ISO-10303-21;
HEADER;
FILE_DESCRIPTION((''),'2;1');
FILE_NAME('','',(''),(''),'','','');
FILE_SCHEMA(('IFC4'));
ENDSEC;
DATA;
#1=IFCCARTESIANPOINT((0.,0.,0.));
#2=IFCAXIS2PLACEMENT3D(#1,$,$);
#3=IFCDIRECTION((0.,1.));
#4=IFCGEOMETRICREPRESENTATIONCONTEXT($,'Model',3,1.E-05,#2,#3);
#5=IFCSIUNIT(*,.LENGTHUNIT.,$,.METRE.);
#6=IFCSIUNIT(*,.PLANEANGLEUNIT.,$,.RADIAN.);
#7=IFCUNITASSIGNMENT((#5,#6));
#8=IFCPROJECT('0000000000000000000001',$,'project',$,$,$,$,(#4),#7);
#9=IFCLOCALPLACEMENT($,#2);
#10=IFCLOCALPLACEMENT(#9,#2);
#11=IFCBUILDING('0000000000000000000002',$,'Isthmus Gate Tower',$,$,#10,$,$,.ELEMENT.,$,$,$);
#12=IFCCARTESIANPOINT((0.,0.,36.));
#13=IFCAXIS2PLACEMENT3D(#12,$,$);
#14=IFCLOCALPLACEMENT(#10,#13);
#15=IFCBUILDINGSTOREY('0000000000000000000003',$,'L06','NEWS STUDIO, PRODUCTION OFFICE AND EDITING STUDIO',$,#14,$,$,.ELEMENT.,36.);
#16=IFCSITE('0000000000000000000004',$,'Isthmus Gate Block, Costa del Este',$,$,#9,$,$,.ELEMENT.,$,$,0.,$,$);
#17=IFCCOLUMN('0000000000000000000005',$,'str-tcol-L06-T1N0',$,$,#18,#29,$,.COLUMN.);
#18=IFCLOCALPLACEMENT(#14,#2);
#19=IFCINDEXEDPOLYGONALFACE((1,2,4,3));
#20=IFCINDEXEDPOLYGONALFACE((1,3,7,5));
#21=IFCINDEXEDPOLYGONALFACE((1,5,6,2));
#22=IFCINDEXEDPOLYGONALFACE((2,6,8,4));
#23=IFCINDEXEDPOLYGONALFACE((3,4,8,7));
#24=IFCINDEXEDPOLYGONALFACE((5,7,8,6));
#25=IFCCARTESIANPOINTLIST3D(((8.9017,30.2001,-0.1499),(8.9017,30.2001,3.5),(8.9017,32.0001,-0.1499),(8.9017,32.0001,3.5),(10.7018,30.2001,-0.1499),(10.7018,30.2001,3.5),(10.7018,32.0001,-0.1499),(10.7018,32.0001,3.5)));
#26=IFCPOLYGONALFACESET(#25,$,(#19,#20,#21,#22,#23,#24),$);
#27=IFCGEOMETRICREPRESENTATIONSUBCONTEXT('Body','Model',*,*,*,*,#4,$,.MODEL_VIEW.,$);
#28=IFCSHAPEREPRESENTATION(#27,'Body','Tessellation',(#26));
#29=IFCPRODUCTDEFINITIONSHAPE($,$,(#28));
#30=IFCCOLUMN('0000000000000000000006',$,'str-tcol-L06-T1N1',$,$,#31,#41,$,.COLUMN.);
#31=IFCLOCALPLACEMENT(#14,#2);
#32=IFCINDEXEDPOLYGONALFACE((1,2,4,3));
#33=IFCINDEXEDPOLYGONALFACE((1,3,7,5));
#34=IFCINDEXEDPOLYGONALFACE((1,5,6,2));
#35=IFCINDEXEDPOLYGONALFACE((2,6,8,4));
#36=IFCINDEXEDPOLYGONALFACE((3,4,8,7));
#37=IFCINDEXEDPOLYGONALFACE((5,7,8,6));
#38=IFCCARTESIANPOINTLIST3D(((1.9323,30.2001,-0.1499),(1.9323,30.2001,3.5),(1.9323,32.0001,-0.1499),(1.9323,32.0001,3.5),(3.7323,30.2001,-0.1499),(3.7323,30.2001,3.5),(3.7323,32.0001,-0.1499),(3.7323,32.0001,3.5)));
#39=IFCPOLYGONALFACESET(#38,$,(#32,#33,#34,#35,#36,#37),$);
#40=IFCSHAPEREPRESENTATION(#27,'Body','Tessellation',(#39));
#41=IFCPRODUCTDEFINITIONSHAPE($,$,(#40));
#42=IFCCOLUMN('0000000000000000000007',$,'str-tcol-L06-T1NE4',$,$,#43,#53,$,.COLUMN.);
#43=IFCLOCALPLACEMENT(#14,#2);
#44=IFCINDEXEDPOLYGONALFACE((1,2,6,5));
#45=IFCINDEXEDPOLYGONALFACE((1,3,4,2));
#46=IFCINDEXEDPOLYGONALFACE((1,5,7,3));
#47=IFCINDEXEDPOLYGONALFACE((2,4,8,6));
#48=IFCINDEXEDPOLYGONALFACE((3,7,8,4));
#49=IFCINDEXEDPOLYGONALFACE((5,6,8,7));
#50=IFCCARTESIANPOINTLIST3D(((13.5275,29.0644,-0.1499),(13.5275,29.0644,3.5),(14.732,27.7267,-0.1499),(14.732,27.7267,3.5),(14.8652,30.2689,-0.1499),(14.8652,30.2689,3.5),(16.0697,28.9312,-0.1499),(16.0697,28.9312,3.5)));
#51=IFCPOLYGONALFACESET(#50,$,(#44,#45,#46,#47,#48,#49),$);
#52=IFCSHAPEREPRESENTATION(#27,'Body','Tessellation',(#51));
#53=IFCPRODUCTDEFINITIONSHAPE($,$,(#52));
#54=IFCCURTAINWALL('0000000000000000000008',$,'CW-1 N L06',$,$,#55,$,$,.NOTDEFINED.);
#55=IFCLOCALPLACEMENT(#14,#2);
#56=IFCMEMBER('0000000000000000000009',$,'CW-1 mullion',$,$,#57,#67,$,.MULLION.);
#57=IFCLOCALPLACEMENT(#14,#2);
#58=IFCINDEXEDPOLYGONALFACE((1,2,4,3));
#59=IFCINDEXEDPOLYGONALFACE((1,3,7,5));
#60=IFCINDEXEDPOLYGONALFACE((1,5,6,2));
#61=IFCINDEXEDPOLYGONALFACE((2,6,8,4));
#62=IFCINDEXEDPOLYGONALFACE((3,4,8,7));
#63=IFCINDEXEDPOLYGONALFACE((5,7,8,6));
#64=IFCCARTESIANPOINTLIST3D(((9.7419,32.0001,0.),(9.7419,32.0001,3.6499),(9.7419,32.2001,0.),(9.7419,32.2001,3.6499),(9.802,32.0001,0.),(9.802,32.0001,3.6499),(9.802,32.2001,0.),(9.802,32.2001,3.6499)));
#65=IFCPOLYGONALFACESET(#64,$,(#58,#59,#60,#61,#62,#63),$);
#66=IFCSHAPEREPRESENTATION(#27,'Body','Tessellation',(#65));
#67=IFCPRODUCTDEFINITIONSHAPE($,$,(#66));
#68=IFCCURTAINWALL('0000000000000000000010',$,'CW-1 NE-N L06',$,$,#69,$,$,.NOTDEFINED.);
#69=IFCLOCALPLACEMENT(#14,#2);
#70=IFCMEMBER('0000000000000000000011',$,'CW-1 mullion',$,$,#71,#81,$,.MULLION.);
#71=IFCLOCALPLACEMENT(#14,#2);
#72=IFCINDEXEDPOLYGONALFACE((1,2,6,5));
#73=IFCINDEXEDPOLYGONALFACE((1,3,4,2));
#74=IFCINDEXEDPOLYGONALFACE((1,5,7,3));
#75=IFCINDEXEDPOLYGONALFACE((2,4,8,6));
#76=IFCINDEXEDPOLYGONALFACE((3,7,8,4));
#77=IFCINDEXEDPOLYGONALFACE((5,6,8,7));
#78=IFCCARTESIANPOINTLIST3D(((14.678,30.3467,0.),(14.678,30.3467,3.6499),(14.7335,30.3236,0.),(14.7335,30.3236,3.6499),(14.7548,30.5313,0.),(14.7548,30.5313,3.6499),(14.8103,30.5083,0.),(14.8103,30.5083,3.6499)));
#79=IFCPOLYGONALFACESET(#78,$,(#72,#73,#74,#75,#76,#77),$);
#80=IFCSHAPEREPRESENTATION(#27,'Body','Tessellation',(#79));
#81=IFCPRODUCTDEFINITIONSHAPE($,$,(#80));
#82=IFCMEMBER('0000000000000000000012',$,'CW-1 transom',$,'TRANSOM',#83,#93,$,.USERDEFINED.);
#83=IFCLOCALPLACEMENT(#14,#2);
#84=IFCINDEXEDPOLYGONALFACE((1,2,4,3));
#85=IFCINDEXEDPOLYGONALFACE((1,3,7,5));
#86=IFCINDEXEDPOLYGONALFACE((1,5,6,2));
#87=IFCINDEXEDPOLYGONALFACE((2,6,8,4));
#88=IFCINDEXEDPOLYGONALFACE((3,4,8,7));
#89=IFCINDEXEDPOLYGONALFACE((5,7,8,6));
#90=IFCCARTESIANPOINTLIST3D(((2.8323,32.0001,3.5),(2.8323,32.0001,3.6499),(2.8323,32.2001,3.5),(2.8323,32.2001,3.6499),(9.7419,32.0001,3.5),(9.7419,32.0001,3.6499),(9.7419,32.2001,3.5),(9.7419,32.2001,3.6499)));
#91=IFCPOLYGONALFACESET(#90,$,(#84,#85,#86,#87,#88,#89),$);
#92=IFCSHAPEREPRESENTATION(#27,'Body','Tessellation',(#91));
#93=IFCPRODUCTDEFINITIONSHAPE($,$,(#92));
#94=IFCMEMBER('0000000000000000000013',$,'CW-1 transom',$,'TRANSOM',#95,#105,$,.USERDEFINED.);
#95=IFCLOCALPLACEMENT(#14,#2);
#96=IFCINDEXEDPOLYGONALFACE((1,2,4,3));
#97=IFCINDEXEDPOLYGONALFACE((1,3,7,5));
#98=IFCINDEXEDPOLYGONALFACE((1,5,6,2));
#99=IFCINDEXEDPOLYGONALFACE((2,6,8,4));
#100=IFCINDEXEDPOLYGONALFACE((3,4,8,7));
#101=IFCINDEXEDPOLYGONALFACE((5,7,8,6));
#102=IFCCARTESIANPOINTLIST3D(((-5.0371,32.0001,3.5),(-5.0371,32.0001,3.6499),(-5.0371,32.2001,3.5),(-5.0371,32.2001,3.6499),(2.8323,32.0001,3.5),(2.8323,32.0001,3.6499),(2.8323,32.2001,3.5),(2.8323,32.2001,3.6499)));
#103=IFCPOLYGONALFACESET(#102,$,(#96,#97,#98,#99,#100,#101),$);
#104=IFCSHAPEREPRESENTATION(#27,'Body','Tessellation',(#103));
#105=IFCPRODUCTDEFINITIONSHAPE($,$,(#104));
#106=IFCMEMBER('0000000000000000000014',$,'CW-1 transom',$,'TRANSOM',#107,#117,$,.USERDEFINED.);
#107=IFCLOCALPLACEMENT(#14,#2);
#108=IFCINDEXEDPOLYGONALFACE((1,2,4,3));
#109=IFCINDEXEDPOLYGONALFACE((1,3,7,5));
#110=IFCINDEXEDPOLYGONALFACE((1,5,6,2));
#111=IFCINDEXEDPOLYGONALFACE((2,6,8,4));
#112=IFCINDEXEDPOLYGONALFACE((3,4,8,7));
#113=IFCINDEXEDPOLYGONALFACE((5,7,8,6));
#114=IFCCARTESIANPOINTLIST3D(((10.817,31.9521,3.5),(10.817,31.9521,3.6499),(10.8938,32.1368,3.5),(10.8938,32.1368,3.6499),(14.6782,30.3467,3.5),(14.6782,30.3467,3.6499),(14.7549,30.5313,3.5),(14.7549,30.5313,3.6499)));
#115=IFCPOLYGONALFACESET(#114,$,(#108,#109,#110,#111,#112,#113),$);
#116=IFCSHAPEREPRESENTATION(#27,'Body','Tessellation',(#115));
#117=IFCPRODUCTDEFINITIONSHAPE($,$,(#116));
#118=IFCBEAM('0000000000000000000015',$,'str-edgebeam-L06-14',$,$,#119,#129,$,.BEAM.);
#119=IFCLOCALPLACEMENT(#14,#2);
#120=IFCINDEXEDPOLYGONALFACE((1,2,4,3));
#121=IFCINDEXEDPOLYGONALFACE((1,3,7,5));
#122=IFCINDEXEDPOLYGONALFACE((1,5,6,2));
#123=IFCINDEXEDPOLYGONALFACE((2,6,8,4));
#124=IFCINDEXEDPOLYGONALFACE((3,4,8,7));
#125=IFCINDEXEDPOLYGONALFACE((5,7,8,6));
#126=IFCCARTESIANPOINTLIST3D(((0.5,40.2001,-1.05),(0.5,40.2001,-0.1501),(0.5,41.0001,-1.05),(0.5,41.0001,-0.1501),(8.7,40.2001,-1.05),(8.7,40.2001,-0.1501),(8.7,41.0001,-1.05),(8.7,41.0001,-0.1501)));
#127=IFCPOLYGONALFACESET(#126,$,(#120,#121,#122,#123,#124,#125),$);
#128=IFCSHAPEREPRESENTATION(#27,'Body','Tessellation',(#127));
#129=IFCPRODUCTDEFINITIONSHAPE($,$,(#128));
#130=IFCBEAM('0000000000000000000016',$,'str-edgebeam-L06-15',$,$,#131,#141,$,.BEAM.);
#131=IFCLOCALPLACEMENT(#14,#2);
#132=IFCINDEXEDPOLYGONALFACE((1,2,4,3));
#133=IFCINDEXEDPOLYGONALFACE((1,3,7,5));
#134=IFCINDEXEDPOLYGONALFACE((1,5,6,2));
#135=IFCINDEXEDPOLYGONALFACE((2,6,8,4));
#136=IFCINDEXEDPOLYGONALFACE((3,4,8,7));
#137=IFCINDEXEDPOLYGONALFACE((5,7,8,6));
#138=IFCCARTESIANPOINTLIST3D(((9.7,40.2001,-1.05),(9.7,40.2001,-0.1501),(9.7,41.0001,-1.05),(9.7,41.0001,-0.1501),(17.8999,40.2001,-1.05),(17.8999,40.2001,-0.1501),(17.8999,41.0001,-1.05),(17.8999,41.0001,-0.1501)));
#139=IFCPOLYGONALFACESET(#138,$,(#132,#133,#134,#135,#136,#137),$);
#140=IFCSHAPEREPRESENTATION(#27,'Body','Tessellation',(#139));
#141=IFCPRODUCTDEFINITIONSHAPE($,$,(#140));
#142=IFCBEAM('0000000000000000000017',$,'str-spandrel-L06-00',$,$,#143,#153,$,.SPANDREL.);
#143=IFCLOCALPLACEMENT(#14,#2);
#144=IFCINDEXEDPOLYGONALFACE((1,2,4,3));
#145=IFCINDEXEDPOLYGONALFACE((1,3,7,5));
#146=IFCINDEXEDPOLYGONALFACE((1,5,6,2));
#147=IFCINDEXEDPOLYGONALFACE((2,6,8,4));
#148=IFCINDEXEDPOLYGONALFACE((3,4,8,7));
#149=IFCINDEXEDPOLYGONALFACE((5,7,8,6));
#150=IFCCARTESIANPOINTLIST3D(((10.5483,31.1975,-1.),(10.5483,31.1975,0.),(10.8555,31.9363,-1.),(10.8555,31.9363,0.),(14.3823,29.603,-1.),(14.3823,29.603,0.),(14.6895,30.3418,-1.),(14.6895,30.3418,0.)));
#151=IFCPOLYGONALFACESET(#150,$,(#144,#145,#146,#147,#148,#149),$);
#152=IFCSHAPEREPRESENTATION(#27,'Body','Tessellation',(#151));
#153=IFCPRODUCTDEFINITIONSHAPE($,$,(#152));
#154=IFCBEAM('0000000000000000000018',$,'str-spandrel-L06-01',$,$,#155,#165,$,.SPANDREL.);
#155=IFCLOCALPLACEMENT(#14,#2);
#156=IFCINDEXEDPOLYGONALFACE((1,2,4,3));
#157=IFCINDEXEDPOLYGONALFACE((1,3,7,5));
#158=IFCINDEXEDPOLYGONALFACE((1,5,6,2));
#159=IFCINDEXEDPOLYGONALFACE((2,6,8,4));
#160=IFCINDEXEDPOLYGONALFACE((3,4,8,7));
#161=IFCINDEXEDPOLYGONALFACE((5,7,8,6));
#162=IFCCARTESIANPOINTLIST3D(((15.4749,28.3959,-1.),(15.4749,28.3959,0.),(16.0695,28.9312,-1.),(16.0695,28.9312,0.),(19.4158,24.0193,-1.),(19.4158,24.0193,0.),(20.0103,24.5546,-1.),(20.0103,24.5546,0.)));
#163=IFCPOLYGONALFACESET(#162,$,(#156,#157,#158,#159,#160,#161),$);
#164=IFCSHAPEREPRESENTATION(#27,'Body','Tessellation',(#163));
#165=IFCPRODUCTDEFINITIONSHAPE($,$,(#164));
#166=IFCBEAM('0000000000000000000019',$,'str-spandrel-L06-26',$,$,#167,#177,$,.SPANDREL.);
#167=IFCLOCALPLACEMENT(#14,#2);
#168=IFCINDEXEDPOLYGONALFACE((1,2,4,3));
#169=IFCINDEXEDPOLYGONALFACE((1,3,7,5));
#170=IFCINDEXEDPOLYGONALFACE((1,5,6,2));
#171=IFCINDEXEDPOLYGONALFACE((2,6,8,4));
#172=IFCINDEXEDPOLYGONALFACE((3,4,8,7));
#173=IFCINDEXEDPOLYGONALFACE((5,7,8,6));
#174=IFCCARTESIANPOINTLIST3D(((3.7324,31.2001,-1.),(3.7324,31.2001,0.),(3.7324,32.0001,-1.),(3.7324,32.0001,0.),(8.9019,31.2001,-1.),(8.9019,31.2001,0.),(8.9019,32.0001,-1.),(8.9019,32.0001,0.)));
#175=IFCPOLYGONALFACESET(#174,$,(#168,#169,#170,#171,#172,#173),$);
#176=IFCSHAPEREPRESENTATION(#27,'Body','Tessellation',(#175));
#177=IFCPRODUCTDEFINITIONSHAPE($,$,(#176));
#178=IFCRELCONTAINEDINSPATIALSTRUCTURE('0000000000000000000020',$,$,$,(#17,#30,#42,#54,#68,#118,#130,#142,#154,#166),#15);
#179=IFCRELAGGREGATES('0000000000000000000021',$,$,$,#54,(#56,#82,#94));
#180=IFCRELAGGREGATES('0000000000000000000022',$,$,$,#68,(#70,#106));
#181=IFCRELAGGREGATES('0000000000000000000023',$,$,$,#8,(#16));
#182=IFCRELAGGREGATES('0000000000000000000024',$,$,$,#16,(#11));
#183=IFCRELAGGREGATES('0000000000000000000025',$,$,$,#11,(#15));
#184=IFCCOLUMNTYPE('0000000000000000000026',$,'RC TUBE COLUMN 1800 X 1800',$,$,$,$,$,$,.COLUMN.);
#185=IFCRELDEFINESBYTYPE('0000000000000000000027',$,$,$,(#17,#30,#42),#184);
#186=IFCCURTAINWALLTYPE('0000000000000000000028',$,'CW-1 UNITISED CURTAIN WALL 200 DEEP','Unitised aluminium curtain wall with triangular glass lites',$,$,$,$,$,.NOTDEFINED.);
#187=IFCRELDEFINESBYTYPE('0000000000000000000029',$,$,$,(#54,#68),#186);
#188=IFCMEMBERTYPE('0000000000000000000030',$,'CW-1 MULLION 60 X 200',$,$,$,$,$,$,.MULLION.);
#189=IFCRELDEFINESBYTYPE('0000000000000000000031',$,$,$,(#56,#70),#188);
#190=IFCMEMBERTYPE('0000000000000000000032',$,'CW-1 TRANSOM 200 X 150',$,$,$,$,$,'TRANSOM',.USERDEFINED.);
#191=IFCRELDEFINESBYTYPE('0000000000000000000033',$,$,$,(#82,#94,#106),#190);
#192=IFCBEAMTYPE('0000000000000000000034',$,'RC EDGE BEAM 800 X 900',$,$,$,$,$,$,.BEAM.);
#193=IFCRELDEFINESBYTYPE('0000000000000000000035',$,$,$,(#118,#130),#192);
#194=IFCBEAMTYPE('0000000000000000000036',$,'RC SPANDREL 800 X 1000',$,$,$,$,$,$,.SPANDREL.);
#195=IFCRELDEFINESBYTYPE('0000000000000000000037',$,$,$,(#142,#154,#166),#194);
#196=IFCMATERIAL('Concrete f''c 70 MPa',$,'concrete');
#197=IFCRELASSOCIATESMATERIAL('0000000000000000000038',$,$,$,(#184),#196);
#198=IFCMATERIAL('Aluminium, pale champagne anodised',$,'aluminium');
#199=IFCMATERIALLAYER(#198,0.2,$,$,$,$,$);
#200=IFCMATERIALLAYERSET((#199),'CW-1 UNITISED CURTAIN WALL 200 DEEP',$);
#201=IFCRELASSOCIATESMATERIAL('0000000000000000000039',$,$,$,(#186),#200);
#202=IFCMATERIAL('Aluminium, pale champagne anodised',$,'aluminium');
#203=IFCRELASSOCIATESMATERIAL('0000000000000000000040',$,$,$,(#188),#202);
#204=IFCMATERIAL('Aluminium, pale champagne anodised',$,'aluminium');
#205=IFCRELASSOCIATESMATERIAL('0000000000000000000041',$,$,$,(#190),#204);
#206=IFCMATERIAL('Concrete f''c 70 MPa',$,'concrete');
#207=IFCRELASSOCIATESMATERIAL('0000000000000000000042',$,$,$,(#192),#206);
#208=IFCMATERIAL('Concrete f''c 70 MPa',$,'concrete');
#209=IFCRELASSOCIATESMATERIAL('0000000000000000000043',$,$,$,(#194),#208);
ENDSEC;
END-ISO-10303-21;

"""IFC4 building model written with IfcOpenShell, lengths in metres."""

from ifc_helpers import new_model, si_unit, direction, frame, origin, origin_2d, place, context, subcontext, project, spatial, rectangle, extrude, material, layer, layer_set, material_profile, profile_set, type_object, element, aggregate, save


model = new_model("IFC4")

# Units and contexts
model_context = context("Model", 3, precision=1e-05, world=origin(), true_north=direction((0.0, 1.0)))
body_context = subcontext(model_context, "Body", "Model", "MODEL_VIEW")
ifc_project = project(units=[si_unit("LENGTHUNIT", "METRE"), si_unit("PLANEANGLEUNIT", "RADIAN")], contexts=[model_context])

# Site, building, storey
site_placement = place(None, origin())
site = spatial("IfcSite", under=ifc_project, at=site_placement, Name="Isthmus Gate Block, Costa del Este", CompositionType="ELEMENT", RefElevation=0.0)
building_placement = place(site_placement, origin())
building = spatial("IfcBuilding", under=site, at=building_placement, Name="Isthmus Gate Tower", CompositionType="ELEMENT")
storey_placement = place(building_placement, frame((0.0, 0.0, 36.0)))
storey = spatial("IfcBuildingStorey", under=building, at=storey_placement, Name="L06", Description="NEWS STUDIO, PRODUCTION OFFICE AND EDITING STUDIO", CompositionType="ELEMENT", Elevation=36.0)

# Columns
ifc_material_1 = material(Name="Concrete f'c 70 MPa", Category="concrete")
ifc_material_profile_1 = material_profile(ifc_material_1, rectangle(XDim=1.8, YDim=1.8, at=origin_2d()), Name="RC 1800X1800")
ifc_profile_set_1 = profile_set([ifc_material_profile_1], Name="Concrete f'c 70 MPa")
column_type = type_object("IfcColumnType", Name="RC TUBE COLUMN 1800 X 1800", PredefinedType="COLUMN", material=ifc_profile_set_1)
for number, where, z_axis, x_axis, name in (
    (1, (9.8018, 31.1001, -0.1499), (0.0, 0.0, 1.0), (-1.0, 0.0, 0.0), "str-tcol-L06-T1N0"),
    (2, (2.8323, 31.1001, -0.1499), (0.0, 0.0, 1.0), (-1.0, 0.0, 0.0), "str-tcol-L06-T1N1"),
    (3, (14.7986, 28.9978, -0.1499), (0.0, 0.0, 1.0), (-0.669131, 0.743145, 0.0), "str-tcol-L06-T1NE4"),
):
    element("IfcColumn", number, at=place(storey_placement, frame(where, z_axis=z_axis, x_axis=x_axis)), inside=storey, type_object=column_type, Name=name, PredefinedType="COLUMN", context=body_context, shape_type="SweptSolid", body=[
        extrude(rectangle(XDim=1.8, YDim=1.8, at=origin_2d()), origin(), (0.0, 0.0, 1.0), 3.6499),
    ])

# Curtain walls, members
ifc_material_2 = material(Name="Aluminium, pale champagne anodised", Category="aluminium")
ifc_layer_1 = layer(ifc_material_2, 0.2)
ifc_layer_set_1 = layer_set([ifc_layer_1], Name="CW-1 UNITISED CURTAIN WALL 200 DEEP")
curtain_wall_type = type_object("IfcCurtainWallType", Name="CW-1 UNITISED CURTAIN WALL 200 DEEP", Description="Unitised aluminium curtain wall with triangular glass lites", PredefinedType="NOTDEFINED", material=ifc_layer_set_1)
curtain_wall_1_placement = place(storey_placement, origin())
curtain_wall_1 = element("IfcCurtainWall", 4, at=curtain_wall_1_placement, inside=storey, type_object=curtain_wall_type, Name="CW-1 N L06", PredefinedType="NOTDEFINED")
ifc_material_3 = material(Name="Aluminium, pale champagne anodised", Category="aluminium")
ifc_material_profile_2 = material_profile(ifc_material_3, rectangle(XDim=0.0601, YDim=0.2, at=origin_2d()), Name="60x200")
ifc_profile_set_2 = profile_set([ifc_material_profile_2], Name="Aluminium, pale champagne anodised")
member_type_1 = type_object("IfcMemberType", Name="CW-1 MULLION 60 X 200", PredefinedType="MULLION", material=ifc_profile_set_2)
member_1_placement = place(storey_placement, frame((9.772, 32.1001, 0.0), z_axis=(0.0, 0.0, 1.0), x_axis=(-1.0, 0.0, 0.0)))
member_1 = element("IfcMember", 5, at=member_1_placement, type_object=member_type_1, Name="CW-1 mullion", PredefinedType="MULLION", context=body_context, shape_type="SweptSolid", body=[
    extrude(rectangle(XDim=0.0601, YDim=0.2, at=origin_2d()), origin(), (0.0, 0.0, 1.0), 3.6499),
])
curtain_wall_2_placement = place(storey_placement, origin())
curtain_wall_2 = element("IfcCurtainWall", 6, at=curtain_wall_2_placement, inside=storey, type_object=curtain_wall_type, Name="CW-1 NE-N L06", PredefinedType="NOTDEFINED")
member_2_placement = place(storey_placement, frame((14.7441, 30.4275, 0.0), z_axis=(0.0, 0.0, 1.0), x_axis=(-0.923353, 0.383952, 0.0)))
member_2 = element("IfcMember", 7, at=member_2_placement, type_object=member_type_1, Name="CW-1 mullion", PredefinedType="MULLION", context=body_context, shape_type="SweptSolid", body=[
    extrude(rectangle(XDim=0.0601, YDim=0.2, at=origin_2d()), origin(), (0.0, 0.0, 1.0), 3.6499),
])

# Members
ifc_material_4 = material(Name="Aluminium, pale champagne anodised", Category="aluminium")
ifc_material_profile_3 = material_profile(ifc_material_4, rectangle(XDim=0.2, YDim=0.1499, at=origin_2d()), Name="200x150")
ifc_profile_set_3 = profile_set([ifc_material_profile_3], Name="Aluminium, pale champagne anodised")
member_type_2 = type_object("IfcMemberType", Name="CW-1 TRANSOM 200 X 150", ElementType="TRANSOM", PredefinedType="USERDEFINED", material=ifc_profile_set_3)
member_3_placement = place(storey_placement, frame((9.7419, 32.1001, 3.575), z_axis=(-1.0, 0.0, 0.0), x_axis=(0.0, -1.0, 0.0)))
member_3 = element("IfcMember", 8, at=member_3_placement, type_object=member_type_2, Name="CW-1 transom", ObjectType="TRANSOM", PredefinedType="USERDEFINED", context=body_context, shape_type="SweptSolid", body=[
    extrude(rectangle(XDim=0.2, YDim=0.1499, at=origin_2d()), origin(), (0.0, 0.0, 1.0), 6.9097),
])
member_4_placement = place(storey_placement, frame((2.8323, 32.1001, 3.575), z_axis=(-1.0, 0.0, 0.0), x_axis=(0.0, -1.0, 0.0)))
member_4 = element("IfcMember", 9, at=member_4_placement, type_object=member_type_2, Name="CW-1 transom", ObjectType="TRANSOM", PredefinedType="USERDEFINED", context=body_context, shape_type="SweptSolid", body=[
    extrude(rectangle(XDim=0.2, YDim=0.1499, at=origin_2d()), origin(), (0.0, 0.0, 1.0), 7.8694),
])
member_5_placement = place(storey_placement, frame((14.7166, 30.439, 3.575), z_axis=(-0.923358, 0.38394, 0.0), x_axis=(-0.38394, -0.923358, 0.0)))
member_5 = element("IfcMember", 10, at=member_5_placement, type_object=member_type_2, Name="CW-1 transom", ObjectType="TRANSOM", PredefinedType="USERDEFINED", context=body_context, shape_type="SweptSolid", body=[
    extrude(rectangle(XDim=0.2, YDim=0.1499, at=origin_2d()), origin(), (0.0, 0.0, 1.0), 4.1816),
])

# Beams
ifc_material_5 = material(Name="Concrete f'c 70 MPa", Category="concrete")
ifc_material_profile_4 = material_profile(ifc_material_5, rectangle(XDim=0.8, YDim=0.8999, at=origin_2d()), Name="RC 800X900")
ifc_profile_set_4 = profile_set([ifc_material_profile_4], Name="Concrete f'c 70 MPa")
beam_type_1 = type_object("IfcBeamType", Name="RC EDGE BEAM 800 X 900", PredefinedType="BEAM", material=ifc_profile_set_4)
for number, where, z_axis, x_axis, name in (
    (11, (0.5, 40.6001, -0.6001), (1.0, 0.0, 0.0), (0.0, 1.0, 0.0), "str-edgebeam-L06-14"),
    (12, (9.7, 40.6001, -0.6001), (1.0, 0.0, 0.0), (0.0, 1.0, 0.0), "str-edgebeam-L06-15"),
):
    element("IfcBeam", number, at=place(storey_placement, frame(where, z_axis=z_axis, x_axis=x_axis)), inside=storey, type_object=beam_type_1, Name=name, PredefinedType="BEAM", context=body_context, shape_type="SweptSolid", body=[
        extrude(rectangle(XDim=0.8, YDim=0.8999, at=origin_2d()), origin(), (0.0, 0.0, 1.0), 8.2),
    ])
ifc_material_6 = material(Name="Concrete f'c 70 MPa", Category="concrete")
ifc_material_profile_5 = material_profile(ifc_material_6, rectangle(XDim=0.8, YDim=1.0, at=origin_2d()), Name="RC 800X1000")
ifc_profile_set_5 = profile_set([ifc_material_profile_5], Name="Concrete f'c 70 MPa")
beam_type_2 = type_object("IfcBeamType", Name="RC SPANDREL 800 X 1000", PredefinedType="SPANDREL", material=ifc_profile_set_5)
beam_1_placement = place(storey_placement, frame((10.7019, 31.5669, -0.5), z_axis=(0.923334, -0.383997, 0.0), x_axis=(0.383997, 0.923334, 0.0)))
element("IfcBeam", 13, at=beam_1_placement, inside=storey, type_object=beam_type_2, Name="str-spandrel-L06-00", PredefinedType="SPANDREL", context=body_context, shape_type="SweptSolid", body=[
    extrude(rectangle(XDim=0.8, YDim=1.0, at=origin_2d()), origin(), (0.0, 0.0, 1.0), 4.1523),
])
beam_2_placement = place(storey_placement, frame((15.7722, 28.6636, -0.5), z_axis=(0.669141, -0.743135, 0.0), x_axis=(0.743135, 0.669141, 0.0)))
element("IfcBeam", 14, at=beam_2_placement, inside=storey, type_object=beam_type_2, Name="str-spandrel-L06-01", PredefinedType="SPANDREL", context=body_context, shape_type="SweptSolid", body=[
    extrude(rectangle(XDim=0.8, YDim=1.0, at=origin_2d()), origin(), (0.0, 0.0, 1.0), 5.8894),
])
beam_3_placement = place(storey_placement, frame((3.7324, 31.6001, -0.5), z_axis=(1.0, 0.0, 0.0), x_axis=(0.0, 1.0, 0.0)))
element("IfcBeam", 15, at=beam_3_placement, inside=storey, type_object=beam_type_2, Name="str-spandrel-L06-26", PredefinedType="SPANDREL", context=body_context, shape_type="SweptSolid", body=[
    extrude(rectangle(XDim=0.8, YDim=1.0, at=origin_2d()), origin(), (0.0, 0.0, 1.0), 5.1694),
])

aggregate(curtain_wall_1, [member_1, member_3, member_4])
aggregate(curtain_wall_2, [member_2, member_5])

save(model, "model.ifc")
